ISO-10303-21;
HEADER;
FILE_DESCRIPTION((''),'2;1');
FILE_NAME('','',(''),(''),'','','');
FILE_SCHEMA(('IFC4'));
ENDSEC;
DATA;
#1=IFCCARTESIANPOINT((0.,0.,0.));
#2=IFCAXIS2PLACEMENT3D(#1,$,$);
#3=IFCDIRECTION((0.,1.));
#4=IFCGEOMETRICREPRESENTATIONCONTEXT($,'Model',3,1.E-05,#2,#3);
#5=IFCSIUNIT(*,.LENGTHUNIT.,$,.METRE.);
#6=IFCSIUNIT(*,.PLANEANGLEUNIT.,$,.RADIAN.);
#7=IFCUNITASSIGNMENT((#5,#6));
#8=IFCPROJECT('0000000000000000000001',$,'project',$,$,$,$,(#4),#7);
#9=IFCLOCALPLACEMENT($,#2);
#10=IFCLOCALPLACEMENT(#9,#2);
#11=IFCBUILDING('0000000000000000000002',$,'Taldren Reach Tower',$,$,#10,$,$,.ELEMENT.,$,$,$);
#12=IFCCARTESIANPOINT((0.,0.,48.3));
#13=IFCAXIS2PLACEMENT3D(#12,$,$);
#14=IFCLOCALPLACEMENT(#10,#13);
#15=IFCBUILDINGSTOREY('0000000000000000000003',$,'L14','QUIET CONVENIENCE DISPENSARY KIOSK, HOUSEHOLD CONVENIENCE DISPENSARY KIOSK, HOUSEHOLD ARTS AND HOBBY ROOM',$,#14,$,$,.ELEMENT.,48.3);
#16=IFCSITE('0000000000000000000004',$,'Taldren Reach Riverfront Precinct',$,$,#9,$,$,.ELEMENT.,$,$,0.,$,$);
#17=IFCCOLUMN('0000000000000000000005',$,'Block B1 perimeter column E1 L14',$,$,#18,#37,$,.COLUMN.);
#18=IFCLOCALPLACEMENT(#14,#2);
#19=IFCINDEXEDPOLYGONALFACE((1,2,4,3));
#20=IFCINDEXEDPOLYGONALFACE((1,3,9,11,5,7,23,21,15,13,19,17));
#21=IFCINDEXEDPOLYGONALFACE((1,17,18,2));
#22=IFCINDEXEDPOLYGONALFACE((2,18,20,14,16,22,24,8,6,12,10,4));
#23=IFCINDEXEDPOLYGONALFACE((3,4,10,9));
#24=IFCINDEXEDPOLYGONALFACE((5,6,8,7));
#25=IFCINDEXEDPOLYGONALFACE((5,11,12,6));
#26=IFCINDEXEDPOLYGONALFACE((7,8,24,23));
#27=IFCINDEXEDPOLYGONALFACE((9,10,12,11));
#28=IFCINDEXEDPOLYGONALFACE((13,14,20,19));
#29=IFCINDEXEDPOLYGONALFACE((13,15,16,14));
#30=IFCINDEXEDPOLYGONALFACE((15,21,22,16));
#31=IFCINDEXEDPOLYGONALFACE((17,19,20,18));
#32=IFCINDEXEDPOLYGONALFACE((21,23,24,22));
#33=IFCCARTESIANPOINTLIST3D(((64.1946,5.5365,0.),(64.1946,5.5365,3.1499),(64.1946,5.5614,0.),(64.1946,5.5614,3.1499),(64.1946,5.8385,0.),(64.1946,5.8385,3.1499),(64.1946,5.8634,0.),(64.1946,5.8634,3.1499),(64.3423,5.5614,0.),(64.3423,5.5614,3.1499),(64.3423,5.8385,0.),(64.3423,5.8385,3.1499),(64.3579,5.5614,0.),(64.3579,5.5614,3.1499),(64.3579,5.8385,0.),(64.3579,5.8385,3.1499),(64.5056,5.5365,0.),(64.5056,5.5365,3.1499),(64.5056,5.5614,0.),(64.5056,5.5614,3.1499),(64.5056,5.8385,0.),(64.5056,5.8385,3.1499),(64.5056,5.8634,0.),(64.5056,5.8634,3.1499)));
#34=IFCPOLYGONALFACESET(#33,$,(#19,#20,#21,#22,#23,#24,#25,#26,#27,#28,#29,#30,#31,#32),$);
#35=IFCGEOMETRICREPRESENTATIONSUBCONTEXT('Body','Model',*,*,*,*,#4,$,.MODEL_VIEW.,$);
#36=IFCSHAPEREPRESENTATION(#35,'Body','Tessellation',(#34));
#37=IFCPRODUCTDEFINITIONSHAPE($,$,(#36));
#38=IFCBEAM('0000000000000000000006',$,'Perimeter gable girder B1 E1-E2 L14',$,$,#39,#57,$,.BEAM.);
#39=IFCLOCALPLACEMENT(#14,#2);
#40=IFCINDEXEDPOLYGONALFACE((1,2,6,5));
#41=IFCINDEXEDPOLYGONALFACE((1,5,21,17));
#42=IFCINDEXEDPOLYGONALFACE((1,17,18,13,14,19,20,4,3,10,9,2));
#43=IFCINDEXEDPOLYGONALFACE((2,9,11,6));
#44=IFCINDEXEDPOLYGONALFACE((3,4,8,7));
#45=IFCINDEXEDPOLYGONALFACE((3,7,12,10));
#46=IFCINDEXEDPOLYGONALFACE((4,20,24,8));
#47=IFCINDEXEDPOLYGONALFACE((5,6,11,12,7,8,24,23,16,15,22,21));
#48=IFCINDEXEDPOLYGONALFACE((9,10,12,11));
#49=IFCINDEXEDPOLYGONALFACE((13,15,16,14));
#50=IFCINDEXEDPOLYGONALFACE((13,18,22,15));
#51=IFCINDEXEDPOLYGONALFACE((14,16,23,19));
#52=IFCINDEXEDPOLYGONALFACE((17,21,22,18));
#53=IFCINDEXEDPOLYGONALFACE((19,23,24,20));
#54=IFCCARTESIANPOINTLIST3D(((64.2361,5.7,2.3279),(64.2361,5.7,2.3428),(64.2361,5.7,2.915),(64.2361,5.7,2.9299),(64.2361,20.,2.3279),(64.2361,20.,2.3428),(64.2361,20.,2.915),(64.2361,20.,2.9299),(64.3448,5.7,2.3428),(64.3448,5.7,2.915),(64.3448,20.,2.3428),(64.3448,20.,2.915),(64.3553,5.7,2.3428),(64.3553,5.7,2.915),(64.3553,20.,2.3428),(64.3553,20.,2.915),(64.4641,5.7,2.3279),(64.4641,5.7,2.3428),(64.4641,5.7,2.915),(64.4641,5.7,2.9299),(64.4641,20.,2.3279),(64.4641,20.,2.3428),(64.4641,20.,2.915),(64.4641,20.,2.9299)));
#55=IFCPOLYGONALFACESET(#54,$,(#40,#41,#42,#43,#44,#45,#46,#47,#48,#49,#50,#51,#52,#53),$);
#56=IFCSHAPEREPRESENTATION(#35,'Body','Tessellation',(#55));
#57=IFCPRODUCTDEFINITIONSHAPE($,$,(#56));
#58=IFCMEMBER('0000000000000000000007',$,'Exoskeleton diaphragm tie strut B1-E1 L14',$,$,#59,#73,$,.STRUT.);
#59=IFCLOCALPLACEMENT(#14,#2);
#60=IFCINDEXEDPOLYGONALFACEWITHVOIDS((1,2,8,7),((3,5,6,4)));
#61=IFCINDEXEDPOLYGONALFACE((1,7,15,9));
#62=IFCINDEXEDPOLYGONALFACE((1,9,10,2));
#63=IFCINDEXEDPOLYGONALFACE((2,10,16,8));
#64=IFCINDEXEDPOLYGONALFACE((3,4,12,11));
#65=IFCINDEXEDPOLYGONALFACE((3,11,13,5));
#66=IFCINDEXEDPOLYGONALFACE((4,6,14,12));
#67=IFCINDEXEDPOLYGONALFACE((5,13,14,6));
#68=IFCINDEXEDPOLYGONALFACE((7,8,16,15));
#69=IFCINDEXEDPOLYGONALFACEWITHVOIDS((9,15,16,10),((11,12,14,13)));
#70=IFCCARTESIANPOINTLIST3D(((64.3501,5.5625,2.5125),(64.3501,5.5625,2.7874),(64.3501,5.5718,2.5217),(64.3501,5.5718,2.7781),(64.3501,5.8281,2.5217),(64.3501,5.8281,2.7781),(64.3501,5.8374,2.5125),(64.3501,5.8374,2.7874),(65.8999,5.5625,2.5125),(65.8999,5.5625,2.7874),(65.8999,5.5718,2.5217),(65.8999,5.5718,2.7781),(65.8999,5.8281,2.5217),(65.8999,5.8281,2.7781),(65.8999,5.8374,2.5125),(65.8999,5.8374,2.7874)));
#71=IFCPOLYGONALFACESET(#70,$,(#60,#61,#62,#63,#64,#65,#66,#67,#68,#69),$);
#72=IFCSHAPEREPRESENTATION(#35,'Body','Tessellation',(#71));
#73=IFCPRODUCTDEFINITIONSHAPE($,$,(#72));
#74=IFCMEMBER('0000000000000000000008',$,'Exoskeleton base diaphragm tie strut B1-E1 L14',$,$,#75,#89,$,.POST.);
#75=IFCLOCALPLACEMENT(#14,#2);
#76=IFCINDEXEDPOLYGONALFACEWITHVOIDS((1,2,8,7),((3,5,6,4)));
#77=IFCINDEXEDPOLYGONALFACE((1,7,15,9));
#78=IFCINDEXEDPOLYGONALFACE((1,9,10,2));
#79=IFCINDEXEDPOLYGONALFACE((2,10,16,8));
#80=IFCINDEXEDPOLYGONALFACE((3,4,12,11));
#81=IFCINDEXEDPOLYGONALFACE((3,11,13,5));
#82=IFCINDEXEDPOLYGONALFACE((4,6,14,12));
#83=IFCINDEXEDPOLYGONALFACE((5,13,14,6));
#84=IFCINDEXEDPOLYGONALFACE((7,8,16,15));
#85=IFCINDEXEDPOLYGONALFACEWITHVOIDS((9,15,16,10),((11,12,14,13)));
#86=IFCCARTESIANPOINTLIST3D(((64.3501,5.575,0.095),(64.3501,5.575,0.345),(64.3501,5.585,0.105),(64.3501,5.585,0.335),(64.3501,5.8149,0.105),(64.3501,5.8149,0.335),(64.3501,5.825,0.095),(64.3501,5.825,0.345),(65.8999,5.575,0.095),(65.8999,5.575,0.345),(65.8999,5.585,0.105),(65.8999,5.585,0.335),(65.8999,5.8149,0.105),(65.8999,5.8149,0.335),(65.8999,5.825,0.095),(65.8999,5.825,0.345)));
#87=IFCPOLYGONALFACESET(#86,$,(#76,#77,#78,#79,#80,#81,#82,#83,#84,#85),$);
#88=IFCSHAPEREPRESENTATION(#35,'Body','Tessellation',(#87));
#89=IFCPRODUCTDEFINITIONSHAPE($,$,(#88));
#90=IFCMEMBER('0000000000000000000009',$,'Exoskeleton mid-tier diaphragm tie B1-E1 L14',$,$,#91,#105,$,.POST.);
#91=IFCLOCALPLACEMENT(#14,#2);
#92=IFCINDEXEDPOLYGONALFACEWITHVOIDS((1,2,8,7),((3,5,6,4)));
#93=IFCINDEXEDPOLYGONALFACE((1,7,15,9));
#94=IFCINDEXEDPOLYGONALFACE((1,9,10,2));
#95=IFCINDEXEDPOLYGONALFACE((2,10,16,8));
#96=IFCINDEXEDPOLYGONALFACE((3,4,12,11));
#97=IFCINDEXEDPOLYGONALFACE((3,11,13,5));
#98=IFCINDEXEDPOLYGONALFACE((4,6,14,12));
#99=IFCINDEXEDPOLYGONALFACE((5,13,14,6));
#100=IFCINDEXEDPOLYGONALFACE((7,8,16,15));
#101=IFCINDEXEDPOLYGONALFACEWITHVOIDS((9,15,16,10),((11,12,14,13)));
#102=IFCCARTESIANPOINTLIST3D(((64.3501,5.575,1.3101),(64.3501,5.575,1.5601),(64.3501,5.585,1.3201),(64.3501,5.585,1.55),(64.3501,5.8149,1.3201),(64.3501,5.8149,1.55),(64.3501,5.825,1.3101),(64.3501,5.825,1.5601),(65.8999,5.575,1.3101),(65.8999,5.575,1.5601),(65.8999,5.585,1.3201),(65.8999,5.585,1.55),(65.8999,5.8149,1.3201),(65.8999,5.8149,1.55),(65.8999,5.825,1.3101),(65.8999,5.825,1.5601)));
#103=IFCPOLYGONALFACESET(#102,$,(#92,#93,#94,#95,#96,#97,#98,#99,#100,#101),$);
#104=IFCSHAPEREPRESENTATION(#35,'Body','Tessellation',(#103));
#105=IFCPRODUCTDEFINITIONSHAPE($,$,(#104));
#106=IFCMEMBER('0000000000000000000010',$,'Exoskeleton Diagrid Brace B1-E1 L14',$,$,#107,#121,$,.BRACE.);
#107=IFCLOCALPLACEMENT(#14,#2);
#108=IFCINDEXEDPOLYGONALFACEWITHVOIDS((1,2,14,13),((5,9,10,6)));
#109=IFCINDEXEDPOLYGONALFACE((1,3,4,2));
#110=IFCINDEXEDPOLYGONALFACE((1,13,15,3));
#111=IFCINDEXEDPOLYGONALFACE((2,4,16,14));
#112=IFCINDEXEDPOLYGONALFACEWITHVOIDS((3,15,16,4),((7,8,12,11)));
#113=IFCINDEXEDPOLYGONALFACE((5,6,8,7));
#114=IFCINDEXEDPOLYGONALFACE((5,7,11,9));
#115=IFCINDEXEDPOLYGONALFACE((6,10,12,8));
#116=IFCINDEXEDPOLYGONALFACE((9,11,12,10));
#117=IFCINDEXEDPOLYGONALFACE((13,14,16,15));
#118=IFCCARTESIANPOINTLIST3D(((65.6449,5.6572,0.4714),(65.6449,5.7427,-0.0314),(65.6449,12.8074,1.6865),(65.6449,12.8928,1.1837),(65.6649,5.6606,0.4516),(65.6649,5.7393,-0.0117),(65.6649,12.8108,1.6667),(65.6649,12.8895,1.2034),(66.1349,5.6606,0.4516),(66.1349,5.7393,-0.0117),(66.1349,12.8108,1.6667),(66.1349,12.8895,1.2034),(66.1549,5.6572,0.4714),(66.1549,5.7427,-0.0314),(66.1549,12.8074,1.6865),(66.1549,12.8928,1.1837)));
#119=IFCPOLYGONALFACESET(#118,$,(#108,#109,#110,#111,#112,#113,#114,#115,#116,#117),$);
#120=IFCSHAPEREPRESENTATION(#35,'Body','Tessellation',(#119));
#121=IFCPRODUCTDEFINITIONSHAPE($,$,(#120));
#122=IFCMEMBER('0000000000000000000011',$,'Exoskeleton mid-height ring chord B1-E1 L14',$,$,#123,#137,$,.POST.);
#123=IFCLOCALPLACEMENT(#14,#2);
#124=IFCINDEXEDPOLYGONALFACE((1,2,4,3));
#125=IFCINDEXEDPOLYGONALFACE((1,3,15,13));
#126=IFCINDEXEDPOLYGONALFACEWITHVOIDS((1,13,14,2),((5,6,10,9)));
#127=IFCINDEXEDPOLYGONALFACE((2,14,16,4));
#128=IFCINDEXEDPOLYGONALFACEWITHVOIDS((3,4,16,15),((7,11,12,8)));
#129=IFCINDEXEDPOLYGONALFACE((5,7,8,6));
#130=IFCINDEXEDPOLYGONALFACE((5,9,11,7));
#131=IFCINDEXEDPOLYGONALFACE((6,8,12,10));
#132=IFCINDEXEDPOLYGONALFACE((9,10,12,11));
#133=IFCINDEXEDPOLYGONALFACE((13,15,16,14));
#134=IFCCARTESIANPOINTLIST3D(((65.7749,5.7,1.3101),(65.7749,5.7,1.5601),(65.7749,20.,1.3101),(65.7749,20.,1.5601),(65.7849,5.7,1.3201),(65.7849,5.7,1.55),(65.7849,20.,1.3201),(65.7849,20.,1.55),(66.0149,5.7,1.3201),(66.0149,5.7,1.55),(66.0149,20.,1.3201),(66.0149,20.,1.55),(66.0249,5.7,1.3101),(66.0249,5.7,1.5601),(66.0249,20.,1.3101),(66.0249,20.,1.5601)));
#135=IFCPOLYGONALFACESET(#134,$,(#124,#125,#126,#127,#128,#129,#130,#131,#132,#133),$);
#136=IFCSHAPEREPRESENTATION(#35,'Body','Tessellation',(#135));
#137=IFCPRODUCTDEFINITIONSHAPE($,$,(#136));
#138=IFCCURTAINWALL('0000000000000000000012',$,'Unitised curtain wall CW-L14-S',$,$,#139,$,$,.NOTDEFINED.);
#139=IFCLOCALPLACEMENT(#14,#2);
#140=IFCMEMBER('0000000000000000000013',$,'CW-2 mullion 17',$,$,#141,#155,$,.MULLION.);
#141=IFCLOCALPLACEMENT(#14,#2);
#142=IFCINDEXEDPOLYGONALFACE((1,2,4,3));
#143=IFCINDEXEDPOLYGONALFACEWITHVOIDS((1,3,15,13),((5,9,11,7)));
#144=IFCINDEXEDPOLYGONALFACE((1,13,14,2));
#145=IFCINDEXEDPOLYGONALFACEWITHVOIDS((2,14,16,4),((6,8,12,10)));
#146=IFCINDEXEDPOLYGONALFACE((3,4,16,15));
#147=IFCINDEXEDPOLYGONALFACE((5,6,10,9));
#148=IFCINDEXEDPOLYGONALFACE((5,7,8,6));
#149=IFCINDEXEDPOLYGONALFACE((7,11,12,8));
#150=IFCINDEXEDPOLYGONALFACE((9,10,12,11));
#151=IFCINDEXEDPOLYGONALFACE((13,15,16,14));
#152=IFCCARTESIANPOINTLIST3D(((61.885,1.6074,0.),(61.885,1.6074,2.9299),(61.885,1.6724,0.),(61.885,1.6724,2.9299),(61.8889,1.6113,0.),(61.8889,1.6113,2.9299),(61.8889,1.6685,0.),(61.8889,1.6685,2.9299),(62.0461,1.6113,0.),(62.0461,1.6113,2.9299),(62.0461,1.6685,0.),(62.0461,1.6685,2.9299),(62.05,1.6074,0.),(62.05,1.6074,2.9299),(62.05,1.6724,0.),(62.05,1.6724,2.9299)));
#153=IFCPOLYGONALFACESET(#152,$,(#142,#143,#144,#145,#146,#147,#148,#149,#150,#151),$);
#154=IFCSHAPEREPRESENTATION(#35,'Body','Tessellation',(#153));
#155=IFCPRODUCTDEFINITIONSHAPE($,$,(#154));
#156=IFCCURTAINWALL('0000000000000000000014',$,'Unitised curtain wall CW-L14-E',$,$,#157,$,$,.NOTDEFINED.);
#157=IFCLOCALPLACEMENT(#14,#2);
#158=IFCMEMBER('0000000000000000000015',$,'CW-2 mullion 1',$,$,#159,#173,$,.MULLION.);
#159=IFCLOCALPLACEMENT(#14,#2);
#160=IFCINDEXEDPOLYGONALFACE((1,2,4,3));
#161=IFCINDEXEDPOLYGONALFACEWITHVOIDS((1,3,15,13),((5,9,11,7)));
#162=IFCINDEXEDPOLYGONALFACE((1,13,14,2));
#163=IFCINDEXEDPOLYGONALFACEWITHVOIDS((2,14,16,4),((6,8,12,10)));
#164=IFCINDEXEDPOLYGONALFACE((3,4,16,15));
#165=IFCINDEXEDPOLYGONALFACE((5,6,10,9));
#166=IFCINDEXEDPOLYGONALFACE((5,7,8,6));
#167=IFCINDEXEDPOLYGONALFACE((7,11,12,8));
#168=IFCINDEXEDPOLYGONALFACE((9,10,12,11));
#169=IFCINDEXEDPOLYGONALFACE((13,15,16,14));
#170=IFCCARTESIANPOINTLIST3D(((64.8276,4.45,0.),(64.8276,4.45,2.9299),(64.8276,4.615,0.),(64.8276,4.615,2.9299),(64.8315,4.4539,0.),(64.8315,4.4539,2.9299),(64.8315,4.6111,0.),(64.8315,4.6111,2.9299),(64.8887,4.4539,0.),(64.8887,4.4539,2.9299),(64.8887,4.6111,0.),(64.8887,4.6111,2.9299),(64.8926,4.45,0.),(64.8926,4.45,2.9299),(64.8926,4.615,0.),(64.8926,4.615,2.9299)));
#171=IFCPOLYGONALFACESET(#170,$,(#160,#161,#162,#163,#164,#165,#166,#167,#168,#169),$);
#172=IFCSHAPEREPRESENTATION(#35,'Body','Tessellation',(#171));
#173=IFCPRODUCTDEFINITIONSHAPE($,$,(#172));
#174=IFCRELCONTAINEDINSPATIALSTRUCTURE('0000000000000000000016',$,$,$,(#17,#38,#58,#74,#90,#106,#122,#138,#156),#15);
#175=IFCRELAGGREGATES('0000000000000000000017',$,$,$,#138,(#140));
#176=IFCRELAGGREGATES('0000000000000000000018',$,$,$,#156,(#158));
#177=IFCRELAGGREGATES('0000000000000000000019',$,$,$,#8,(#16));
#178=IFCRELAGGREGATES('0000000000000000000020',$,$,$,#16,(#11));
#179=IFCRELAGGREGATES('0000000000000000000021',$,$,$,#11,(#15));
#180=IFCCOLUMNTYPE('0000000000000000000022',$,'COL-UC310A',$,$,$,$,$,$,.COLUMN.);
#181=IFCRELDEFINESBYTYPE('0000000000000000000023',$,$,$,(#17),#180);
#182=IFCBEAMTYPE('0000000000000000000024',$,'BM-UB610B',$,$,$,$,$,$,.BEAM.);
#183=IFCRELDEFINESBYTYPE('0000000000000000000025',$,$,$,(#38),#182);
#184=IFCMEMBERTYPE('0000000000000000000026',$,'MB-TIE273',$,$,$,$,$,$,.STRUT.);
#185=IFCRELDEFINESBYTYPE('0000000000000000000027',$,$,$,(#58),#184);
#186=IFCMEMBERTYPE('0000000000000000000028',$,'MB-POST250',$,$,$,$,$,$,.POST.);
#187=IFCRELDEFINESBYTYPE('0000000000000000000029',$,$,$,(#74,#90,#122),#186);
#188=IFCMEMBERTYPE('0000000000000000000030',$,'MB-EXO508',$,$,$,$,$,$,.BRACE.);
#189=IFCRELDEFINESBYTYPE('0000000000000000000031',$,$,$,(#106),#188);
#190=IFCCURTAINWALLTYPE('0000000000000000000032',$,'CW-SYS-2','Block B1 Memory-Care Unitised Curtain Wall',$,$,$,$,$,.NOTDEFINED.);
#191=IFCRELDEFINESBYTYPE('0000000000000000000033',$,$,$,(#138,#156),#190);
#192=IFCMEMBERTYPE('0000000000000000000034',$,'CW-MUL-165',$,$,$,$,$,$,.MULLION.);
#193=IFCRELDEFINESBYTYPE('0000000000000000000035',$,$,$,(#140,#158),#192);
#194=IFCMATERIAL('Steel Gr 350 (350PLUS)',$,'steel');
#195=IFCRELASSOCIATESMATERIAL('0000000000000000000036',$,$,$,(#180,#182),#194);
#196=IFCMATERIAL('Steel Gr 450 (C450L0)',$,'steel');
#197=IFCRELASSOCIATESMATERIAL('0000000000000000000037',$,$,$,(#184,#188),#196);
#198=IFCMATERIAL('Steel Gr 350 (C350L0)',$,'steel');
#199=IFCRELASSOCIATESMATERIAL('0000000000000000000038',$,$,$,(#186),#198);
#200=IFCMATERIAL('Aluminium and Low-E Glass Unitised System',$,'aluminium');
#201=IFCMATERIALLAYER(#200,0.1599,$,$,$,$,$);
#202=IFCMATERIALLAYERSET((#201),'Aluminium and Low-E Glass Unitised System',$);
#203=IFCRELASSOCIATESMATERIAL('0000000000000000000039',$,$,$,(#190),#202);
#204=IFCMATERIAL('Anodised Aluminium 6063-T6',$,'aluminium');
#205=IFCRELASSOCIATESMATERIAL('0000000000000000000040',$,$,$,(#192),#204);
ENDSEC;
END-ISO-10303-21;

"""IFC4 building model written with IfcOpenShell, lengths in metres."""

from ifc_helpers import new_model, si_unit, direction, frame, origin, origin_2d, place, context, subcontext, project, spatial, hollow_rectangle, i_section, extrude, source, transform, mapped, material, layer, layer_set, material_profile, profile_set, type_object, element, aggregate, save


model = new_model("IFC4")

# Units and contexts
model_context = context("Model", 3, precision=1e-05, world=origin(), true_north=direction((0.0, 1.0)))
body_context = subcontext(model_context, "Body", "Model", "MODEL_VIEW")
ifc_project = project(units=[si_unit("LENGTHUNIT", "METRE"), si_unit("PLANEANGLEUNIT", "RADIAN")], contexts=[model_context])

# Site, building, storey
site_placement = place(None, origin())
site = spatial("IfcSite", under=ifc_project, at=site_placement, Name="Taldren Reach Riverfront Precinct", CompositionType="ELEMENT", RefElevation=0.0)
building_placement = place(site_placement, origin())
building = spatial("IfcBuilding", under=site, at=building_placement, Name="Taldren Reach Tower", CompositionType="ELEMENT")
storey_placement = place(building_placement, frame((0.0, 0.0, 48.3)))
storey = spatial("IfcBuildingStorey", under=building, at=storey_placement, Name="L14", Description="QUIET CONVENIENCE DISPENSARY KIOSK, HOUSEHOLD CONVENIENCE DISPENSARY KIOSK, HOUSEHOLD ARTS AND HOBBY ROOM", CompositionType="ELEMENT", Elevation=48.3)

# Column
ifc_material_1 = material(Name="Steel Gr 350 (350PLUS)", Category="steel")
ifc_material_profile_1 = material_profile(ifc_material_1, i_section(OverallWidth=0.311, OverallDepth=0.3269, WebThickness=0.0156, FlangeThickness=0.0249, at=origin_2d()), Name="310UC158")
ifc_profile_set_1 = profile_set([ifc_material_profile_1], Name="Steel Gr 350 (350PLUS)")
column_type = type_object("IfcColumnType", Name="COL-UC310A", PredefinedType="COLUMN", material=ifc_profile_set_1)
shared_shape_1 = source(origin(), body_context, "Body", "SweptSolid", [
    extrude(i_section(OverallWidth=0.311, OverallDepth=0.3269, WebThickness=0.0156, FlangeThickness=0.0249, at=origin_2d()), origin(), (0.0, 0.0, 1.0), 3.1499),
])
column_placement = place(storey_placement, frame((64.3501, 5.7, 0.0), z_axis=(0.0, 0.0, 1.0), x_axis=(1.0, 0.0, 0.0)))
element("IfcColumn", 1, at=column_placement, inside=storey, type_object=column_type, Name="Block B1 perimeter column E1 L14", PredefinedType="COLUMN", context=body_context, shape_type="MappedRepresentation", body=[
    mapped(shared_shape_1, transform((0.0, 0.0, 0.0), scale=1.0)),
])

# Beam
ifc_material_profile_2 = material_profile(ifc_material_1, i_section(OverallWidth=0.228, OverallDepth=0.6021, WebThickness=0.0105, FlangeThickness=0.0149, at=origin_2d()), Name="610UB101")
ifc_profile_set_2 = profile_set([ifc_material_profile_2], Name="Steel Gr 350 (350PLUS)")
beam_type = type_object("IfcBeamType", Name="BM-UB610B", PredefinedType="BEAM", material=ifc_profile_set_2)
shared_shape_2 = source(origin(), body_context, "Body", "SweptSolid", [
    extrude(i_section(OverallWidth=0.228, OverallDepth=0.6021, WebThickness=0.0105, FlangeThickness=0.0149, at=origin_2d()), origin(), (0.0, 0.0, 1.0), 14.3),
])
beam_placement = place(storey_placement, frame((64.3501, 5.7, 2.6289), z_axis=(0.0, 1.0, 0.0), x_axis=(-1.0, 0.0, 0.0)))
element("IfcBeam", 2, at=beam_placement, inside=storey, type_object=beam_type, Name="Perimeter gable girder B1 E1-E2 L14", PredefinedType="BEAM", context=body_context, shape_type="MappedRepresentation", body=[
    mapped(shared_shape_2, transform((0.0, 0.0, 0.0), scale=1.0)),
])

# Members
ifc_material_2 = material(Name="Steel Gr 450 (C450L0)", Category="steel")
ifc_material_profile_3 = material_profile(ifc_material_2, hollow_rectangle(XDim=0.2749, YDim=0.2749, WallThickness=0.0093, at=origin_2d()), Name="275x275x9.3SHS")
ifc_profile_set_3 = profile_set([ifc_material_profile_3], Name="Steel Gr 450 (C450L0)")
member_type_1 = type_object("IfcMemberType", Name="MB-TIE273", PredefinedType="STRUT", material=ifc_profile_set_3)
shared_shape_3 = source(origin(), body_context, "Body", "SweptSolid", [
    extrude(hollow_rectangle(XDim=0.2749, YDim=0.2749, WallThickness=0.0093, at=origin_2d()), origin(), (0.0, 0.0, 1.0), 1.5498),
])
member_1_placement = place(storey_placement, frame((64.3501, 5.7, 2.6499), z_axis=(1.0, 0.0, 0.0), x_axis=(0.0, 1.0, 0.0)))
element("IfcMember", 3, at=member_1_placement, inside=storey, type_object=member_type_1, Name="Exoskeleton diaphragm tie strut B1-E1 L14", PredefinedType="STRUT", context=body_context, shape_type="MappedRepresentation", body=[
    mapped(shared_shape_3, transform((0.0, 0.0, 0.0), scale=1.0)),
])
ifc_material_3 = material(Name="Steel Gr 350 (C350L0)", Category="steel")
ifc_material_profile_4 = material_profile(ifc_material_3, hollow_rectangle(XDim=0.25, YDim=0.25, WallThickness=0.01, at=origin_2d()), Name="250x250x10.0SHS")
ifc_profile_set_4 = profile_set([ifc_material_profile_4], Name="Steel Gr 350 (C350L0)")
member_type_2 = type_object("IfcMemberType", Name="MB-POST250", PredefinedType="POST", material=ifc_profile_set_4)
shared_shape_4 = source(origin(), body_context, "Body", "SweptSolid", [
    extrude(hollow_rectangle(XDim=0.25, YDim=0.25, WallThickness=0.01, at=origin_2d()), origin(), (0.0, 0.0, 1.0), 1.5498),
])
for number, where, z_axis, x_axis, name in (
    (4, (64.3501, 5.7, 0.22), (1.0, 0.0, 0.0), (0.0, 1.0, 0.0), "Exoskeleton base diaphragm tie strut B1-E1 L14"),
    (5, (64.3501, 5.7, 1.4351), (1.0, 0.0, 0.0), (0.0, 1.0, 0.0), "Exoskeleton mid-tier diaphragm tie B1-E1 L14"),
):
    element("IfcMember", number, at=place(storey_placement, frame(where, z_axis=z_axis, x_axis=x_axis)), inside=storey, type_object=member_type_2, Name=name, PredefinedType="POST", context=body_context, shape_type="MappedRepresentation", body=[
        mapped(shared_shape_4, transform((0.0, 0.0, 0.0), scale=1.0)),
    ])
ifc_material_profile_5 = material_profile(ifc_material_2, hollow_rectangle(XDim=0.51, YDim=0.51, WallThickness=0.02, at=origin_2d()), Name="510x510x20.0SHS")
ifc_profile_set_5 = profile_set([ifc_material_profile_5], Name="Steel Gr 450 (C450L0)")
member_type_3 = type_object("IfcMemberType", Name="MB-EXO508", PredefinedType="BRACE", material=ifc_profile_set_5)
shared_shape_5 = source(origin(), body_context, "Body", "SweptSolid", [
    extrude(hollow_rectangle(XDim=0.51, YDim=0.51, WallThickness=0.02, at=origin_2d()), origin(), (0.0, 0.0, 1.0), 7.2527),
])
member_2_placement = place(storey_placement, frame((65.8999, 5.7, 0.22), z_axis=(0.0, 0.985866, 0.167537), x_axis=(-1.0, 0.0, 0.0)))
element("IfcMember", 6, at=member_2_placement, inside=storey, type_object=member_type_3, Name="Exoskeleton Diagrid Brace B1-E1 L14", PredefinedType="BRACE", context=body_context, shape_type="MappedRepresentation", body=[
    mapped(shared_shape_5, transform((0.0, 0.0, 0.0), scale=1.0)),
])
shared_shape_6 = source(origin(), body_context, "Body", "SweptSolid", [
    extrude(hollow_rectangle(XDim=0.25, YDim=0.25, WallThickness=0.01, at=origin_2d()), origin(), (0.0, 0.0, 1.0), 14.3),
])
member_3_placement = place(storey_placement, frame((65.8999, 5.7, 1.4351), z_axis=(0.0, 1.0, 0.0), x_axis=(-1.0, 0.0, 0.0)))
element("IfcMember", 7, at=member_3_placement, inside=storey, type_object=member_type_2, Name="Exoskeleton mid-height ring chord B1-E1 L14", PredefinedType="POST", context=body_context, shape_type="MappedRepresentation", body=[
    mapped(shared_shape_6, transform((0.0, 0.0, 0.0), scale=1.0)),
])

# Curtain wall, member
ifc_material_4 = material(Name="Aluminium and Low-E Glass Unitised System", Category="aluminium")
ifc_layer_1 = layer(ifc_material_4, 0.1599)
ifc_layer_set_1 = layer_set([ifc_layer_1], Name="Aluminium and Low-E Glass Unitised System")
curtain_wall_type = type_object("IfcCurtainWallType", Name="CW-SYS-2", Description="Block B1 Memory-Care Unitised Curtain Wall", PredefinedType="NOTDEFINED", material=ifc_layer_set_1)
curtain_wall_1_placement = place(storey_placement, origin())
curtain_wall_1 = element("IfcCurtainWall", 8, at=curtain_wall_1_placement, inside=storey, type_object=curtain_wall_type, Name="Unitised curtain wall CW-L14-S", PredefinedType="NOTDEFINED")
ifc_material_5 = material(Name="Anodised Aluminium 6063-T6", Category="aluminium")
ifc_material_profile_6 = material_profile(ifc_material_5, hollow_rectangle(XDim=0.0649, YDim=0.165, WallThickness=0.0039, at=origin_2d()), Name="ALU-165x65x4RHS")
ifc_profile_set_6 = profile_set([ifc_material_profile_6], Name="Anodised Aluminium 6063-T6")
member_type_4 = type_object("IfcMemberType", Name="CW-MUL-165", PredefinedType="MULLION", material=ifc_profile_set_6)
shared_shape_7 = source(origin(), body_context, "Body", "SweptSolid", [
    extrude(hollow_rectangle(XDim=0.0649, YDim=0.165, WallThickness=0.0039, at=origin_2d()), origin(), (0.0, 0.0, 1.0), 2.9299),
])
member_4_placement = place(storey_placement, frame((61.9675, 1.6399, 0.0), z_axis=(0.0, 0.0, 1.0), x_axis=(0.0, 1.0, 0.0)))
member_4 = element("IfcMember", 9, at=member_4_placement, type_object=member_type_4, Name="CW-2 mullion 17", PredefinedType="MULLION", context=body_context, shape_type="MappedRepresentation", body=[
    mapped(shared_shape_7, transform((0.0, 0.0, 0.0), scale=1.0)),
])
aggregate(curtain_wall_1, [member_4])

# Curtain wall, member
curtain_wall_2_placement = place(storey_placement, origin())
curtain_wall_2 = element("IfcCurtainWall", 10, at=curtain_wall_2_placement, inside=storey, type_object=curtain_wall_type, Name="Unitised curtain wall CW-L14-E", PredefinedType="NOTDEFINED")
member_5_placement = place(storey_placement, frame((64.8601, 4.5325, 0.0), z_axis=(0.0, 0.0, 1.0), x_axis=(-1.0, 0.0, 0.0)))
member_5 = element("IfcMember", 11, at=member_5_placement, type_object=member_type_4, Name="CW-2 mullion 1", PredefinedType="MULLION", context=body_context, shape_type="MappedRepresentation", body=[
    mapped(shared_shape_7, transform((0.0, 0.0, 0.0), scale=1.0)),
])

aggregate(curtain_wall_2, [member_5])

save(model, "model.ifc")
